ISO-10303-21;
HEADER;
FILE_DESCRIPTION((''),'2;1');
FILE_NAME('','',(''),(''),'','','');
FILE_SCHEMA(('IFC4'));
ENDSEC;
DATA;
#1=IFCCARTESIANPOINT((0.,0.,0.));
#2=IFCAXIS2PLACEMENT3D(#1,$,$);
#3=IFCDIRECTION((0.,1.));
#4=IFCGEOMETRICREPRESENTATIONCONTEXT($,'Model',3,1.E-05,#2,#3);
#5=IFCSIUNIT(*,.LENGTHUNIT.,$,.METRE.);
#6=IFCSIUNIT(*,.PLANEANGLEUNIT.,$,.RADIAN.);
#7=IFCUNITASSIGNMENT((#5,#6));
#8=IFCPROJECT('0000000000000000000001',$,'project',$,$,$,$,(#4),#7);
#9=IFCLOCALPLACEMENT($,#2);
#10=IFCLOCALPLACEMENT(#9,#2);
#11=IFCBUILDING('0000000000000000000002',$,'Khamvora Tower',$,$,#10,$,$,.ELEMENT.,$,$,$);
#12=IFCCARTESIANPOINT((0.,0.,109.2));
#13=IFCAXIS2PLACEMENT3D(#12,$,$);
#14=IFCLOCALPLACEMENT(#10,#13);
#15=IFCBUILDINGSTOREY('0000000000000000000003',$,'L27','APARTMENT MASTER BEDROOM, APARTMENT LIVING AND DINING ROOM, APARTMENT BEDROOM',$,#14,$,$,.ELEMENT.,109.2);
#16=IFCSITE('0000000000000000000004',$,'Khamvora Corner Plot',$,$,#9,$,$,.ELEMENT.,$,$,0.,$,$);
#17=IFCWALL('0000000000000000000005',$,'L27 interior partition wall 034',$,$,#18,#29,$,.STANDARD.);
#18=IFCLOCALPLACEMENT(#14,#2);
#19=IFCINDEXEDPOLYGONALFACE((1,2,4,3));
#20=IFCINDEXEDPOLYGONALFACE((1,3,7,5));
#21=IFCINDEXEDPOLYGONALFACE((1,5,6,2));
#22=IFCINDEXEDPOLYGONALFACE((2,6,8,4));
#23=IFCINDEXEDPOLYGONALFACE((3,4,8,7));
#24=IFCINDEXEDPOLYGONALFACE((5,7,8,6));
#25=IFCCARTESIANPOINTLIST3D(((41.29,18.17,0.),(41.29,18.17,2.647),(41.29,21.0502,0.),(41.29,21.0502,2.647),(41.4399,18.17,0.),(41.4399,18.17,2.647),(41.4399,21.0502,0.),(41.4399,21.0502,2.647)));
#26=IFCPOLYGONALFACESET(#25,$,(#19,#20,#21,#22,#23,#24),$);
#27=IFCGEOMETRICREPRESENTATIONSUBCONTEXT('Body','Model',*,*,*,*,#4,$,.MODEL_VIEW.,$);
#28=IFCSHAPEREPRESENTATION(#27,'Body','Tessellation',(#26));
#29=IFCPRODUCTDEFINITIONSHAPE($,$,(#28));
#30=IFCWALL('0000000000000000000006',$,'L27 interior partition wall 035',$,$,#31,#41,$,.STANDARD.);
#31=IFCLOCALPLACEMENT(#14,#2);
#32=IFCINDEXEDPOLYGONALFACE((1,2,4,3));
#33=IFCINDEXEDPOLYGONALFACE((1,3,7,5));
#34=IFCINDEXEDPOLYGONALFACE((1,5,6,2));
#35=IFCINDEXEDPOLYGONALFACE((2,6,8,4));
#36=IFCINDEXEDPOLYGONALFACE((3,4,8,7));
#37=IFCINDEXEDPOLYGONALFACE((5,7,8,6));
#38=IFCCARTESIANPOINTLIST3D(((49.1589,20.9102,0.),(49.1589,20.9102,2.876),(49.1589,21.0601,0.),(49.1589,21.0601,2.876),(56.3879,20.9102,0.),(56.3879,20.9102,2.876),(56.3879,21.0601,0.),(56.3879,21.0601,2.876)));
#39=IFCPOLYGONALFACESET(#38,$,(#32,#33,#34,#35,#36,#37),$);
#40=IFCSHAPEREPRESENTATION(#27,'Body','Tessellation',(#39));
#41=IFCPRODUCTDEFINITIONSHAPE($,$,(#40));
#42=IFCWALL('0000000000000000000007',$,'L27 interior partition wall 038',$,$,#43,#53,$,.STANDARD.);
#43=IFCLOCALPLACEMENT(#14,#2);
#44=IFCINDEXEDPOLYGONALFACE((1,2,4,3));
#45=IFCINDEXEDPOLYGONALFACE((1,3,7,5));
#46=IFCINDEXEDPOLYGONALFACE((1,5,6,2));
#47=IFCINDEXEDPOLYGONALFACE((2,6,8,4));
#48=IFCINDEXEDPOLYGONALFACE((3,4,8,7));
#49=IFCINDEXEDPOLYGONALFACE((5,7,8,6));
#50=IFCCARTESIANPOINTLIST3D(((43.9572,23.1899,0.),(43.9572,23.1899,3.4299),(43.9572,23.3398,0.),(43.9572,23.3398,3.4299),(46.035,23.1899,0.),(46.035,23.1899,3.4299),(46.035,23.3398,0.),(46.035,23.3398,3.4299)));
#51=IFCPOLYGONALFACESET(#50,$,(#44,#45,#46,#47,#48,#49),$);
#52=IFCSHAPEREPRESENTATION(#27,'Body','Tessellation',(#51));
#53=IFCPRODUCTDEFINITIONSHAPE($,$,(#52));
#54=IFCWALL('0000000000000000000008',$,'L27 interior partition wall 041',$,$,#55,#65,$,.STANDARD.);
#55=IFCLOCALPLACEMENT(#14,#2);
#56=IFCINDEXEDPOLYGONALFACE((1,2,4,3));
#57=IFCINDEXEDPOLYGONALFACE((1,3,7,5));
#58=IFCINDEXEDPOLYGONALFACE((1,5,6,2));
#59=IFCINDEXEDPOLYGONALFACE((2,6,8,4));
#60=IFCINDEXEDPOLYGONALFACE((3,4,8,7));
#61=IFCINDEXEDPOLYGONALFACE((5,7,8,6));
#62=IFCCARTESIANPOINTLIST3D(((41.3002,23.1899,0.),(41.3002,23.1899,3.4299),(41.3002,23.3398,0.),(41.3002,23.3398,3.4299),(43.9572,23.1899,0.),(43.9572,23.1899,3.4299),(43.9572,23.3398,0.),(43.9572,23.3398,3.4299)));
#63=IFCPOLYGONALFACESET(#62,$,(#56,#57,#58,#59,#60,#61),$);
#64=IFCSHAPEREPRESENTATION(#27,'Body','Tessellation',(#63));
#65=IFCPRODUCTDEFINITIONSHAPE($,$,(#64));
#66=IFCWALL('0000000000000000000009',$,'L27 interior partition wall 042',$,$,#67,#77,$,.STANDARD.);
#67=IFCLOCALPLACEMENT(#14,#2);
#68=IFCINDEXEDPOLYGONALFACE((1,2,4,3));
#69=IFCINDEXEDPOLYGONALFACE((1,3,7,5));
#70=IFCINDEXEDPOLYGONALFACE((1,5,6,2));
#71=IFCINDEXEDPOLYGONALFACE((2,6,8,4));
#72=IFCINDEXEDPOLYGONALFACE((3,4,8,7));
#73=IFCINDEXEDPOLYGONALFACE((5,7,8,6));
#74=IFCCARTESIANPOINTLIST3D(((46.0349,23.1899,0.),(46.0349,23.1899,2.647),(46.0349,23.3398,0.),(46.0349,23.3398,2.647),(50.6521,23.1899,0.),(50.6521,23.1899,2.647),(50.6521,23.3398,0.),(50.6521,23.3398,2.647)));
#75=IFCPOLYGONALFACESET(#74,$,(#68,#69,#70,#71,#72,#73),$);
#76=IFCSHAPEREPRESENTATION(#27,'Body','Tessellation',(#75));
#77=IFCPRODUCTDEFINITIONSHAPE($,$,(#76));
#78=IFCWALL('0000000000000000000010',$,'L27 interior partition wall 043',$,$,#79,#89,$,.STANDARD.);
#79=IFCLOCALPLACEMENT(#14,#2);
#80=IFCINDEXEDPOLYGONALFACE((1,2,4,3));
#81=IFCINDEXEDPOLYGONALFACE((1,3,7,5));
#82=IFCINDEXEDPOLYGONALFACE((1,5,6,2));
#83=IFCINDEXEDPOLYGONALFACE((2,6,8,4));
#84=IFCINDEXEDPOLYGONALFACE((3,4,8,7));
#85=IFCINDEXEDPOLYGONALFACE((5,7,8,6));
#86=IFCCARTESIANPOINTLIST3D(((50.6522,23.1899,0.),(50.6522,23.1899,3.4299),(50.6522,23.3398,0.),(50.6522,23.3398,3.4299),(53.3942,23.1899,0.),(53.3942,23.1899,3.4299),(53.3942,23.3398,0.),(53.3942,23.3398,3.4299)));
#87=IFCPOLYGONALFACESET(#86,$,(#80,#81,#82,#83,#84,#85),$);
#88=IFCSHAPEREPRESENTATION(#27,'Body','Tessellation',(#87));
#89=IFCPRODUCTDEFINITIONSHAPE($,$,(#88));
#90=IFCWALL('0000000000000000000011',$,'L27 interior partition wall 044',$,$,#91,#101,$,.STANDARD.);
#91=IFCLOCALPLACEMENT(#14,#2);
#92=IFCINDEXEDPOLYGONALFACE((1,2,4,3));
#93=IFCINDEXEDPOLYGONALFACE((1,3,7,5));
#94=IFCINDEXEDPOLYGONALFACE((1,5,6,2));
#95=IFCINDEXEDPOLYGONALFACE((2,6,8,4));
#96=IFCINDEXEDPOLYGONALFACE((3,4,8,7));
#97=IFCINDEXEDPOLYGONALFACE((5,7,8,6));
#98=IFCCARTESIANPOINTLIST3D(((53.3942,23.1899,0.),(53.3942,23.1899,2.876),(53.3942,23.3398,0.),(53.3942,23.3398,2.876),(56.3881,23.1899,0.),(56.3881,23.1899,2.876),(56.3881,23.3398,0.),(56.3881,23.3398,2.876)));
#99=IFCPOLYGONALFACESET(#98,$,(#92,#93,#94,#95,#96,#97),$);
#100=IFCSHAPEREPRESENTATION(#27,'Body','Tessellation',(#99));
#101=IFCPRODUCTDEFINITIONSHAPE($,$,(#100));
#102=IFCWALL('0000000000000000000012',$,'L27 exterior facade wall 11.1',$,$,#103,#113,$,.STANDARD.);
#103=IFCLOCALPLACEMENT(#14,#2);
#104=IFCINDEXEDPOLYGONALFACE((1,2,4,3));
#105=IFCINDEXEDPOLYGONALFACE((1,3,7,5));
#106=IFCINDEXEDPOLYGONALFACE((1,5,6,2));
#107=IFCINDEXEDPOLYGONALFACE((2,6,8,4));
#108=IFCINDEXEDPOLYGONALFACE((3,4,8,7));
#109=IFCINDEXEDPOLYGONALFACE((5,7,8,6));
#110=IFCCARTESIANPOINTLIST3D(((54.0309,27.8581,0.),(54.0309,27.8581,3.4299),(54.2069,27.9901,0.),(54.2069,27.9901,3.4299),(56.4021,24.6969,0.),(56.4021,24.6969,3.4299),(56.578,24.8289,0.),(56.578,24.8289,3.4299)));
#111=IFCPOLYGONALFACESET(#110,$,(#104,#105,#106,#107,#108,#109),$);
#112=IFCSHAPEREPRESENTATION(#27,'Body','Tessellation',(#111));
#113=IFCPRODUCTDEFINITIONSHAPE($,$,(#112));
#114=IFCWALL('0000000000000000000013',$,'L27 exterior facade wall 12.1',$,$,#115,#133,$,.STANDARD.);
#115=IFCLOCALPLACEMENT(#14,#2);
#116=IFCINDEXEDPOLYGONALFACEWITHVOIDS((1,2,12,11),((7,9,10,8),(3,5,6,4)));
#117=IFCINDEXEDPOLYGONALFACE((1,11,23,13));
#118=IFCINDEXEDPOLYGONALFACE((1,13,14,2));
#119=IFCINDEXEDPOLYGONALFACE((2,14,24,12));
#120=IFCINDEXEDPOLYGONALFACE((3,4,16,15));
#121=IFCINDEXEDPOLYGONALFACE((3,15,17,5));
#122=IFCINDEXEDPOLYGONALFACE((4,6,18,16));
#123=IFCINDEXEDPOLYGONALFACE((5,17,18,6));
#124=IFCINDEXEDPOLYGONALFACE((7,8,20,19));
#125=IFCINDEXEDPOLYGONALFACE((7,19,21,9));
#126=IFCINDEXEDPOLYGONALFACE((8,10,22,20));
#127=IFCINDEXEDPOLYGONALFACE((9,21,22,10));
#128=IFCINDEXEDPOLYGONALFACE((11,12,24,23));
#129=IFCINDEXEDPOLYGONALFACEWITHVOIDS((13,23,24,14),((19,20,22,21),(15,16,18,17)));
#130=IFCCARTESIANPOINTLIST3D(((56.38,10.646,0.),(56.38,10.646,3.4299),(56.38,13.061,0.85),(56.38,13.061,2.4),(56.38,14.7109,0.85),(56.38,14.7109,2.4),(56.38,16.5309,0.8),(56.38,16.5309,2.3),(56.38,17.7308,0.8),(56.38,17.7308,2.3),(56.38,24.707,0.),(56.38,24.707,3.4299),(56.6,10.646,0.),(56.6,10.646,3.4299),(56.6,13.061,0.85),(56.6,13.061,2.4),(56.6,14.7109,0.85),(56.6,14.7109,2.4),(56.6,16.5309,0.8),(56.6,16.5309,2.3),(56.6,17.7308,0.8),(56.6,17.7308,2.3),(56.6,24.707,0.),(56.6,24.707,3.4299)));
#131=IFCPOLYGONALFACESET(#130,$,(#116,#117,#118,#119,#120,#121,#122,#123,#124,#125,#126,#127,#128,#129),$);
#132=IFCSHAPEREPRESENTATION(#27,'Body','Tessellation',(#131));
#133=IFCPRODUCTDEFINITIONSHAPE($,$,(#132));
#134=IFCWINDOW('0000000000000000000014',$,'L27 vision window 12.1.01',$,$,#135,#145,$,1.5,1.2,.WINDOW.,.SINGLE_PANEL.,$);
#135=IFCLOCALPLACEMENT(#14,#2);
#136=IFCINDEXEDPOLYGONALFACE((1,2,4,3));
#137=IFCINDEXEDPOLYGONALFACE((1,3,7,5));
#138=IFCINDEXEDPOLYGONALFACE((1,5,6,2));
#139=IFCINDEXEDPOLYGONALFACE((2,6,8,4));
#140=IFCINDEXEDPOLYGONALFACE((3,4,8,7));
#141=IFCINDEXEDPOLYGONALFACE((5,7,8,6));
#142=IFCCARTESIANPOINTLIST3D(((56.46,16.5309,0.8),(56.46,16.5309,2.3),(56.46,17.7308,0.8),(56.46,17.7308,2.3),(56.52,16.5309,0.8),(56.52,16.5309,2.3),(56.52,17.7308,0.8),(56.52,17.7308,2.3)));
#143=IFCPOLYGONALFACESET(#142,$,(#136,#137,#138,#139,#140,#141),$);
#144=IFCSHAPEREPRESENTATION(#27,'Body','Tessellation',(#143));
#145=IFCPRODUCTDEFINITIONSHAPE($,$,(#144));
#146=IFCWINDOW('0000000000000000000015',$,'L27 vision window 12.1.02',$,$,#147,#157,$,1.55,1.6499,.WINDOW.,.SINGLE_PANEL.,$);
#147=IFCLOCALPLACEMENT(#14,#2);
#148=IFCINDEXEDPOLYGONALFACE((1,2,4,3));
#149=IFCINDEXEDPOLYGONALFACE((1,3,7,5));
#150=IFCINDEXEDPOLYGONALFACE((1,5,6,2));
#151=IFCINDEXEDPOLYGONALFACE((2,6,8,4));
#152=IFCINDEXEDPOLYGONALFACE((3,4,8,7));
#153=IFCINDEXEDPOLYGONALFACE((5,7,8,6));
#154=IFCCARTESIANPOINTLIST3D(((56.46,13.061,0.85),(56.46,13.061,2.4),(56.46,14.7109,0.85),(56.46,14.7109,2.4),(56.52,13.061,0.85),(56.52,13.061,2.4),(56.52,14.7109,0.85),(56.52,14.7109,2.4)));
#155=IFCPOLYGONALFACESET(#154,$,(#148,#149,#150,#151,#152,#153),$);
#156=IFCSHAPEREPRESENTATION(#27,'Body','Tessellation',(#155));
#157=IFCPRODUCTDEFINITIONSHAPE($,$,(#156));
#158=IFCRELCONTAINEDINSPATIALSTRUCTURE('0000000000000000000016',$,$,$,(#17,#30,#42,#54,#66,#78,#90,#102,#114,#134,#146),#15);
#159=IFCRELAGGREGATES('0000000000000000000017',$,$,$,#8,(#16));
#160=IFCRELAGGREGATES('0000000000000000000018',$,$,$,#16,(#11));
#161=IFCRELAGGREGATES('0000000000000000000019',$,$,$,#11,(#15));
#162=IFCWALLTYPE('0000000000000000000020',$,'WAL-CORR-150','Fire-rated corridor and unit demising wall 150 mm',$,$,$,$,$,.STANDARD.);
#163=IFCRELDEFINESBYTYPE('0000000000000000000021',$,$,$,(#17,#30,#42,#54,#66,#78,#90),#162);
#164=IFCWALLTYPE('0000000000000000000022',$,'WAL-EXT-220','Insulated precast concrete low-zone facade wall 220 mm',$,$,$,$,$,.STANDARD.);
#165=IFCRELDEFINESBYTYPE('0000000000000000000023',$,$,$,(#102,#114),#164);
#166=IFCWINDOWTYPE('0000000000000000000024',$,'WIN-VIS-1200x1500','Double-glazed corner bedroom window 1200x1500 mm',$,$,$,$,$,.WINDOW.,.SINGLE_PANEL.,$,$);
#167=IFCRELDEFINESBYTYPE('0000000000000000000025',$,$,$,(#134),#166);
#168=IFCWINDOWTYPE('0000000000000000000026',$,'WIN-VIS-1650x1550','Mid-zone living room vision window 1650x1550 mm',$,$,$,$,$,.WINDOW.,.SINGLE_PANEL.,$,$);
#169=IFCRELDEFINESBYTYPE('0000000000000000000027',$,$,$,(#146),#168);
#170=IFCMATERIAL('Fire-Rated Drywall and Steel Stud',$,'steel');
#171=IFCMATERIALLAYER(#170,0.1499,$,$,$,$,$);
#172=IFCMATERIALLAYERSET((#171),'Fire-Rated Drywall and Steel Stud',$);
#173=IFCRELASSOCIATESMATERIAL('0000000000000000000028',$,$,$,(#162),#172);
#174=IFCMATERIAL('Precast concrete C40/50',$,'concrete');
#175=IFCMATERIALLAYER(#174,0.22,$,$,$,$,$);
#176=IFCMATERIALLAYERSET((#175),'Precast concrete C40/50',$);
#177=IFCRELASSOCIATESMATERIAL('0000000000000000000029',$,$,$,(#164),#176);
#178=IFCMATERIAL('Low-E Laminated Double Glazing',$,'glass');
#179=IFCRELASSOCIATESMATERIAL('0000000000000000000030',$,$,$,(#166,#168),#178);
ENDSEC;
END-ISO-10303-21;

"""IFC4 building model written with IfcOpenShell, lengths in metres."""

from ifc_helpers import new_model, si_unit, direction, frame, frame_2d, origin, place, context, subcontext, project, spatial, rectangle, extrude, material, layer, layer_set, type_object, element, fill, save


model = new_model("IFC4")

# Units and contexts
model_context = context("Model", 3, precision=1e-05, world=origin(), true_north=direction((0.0, 1.0)))
body_context = subcontext(model_context, "Body", "Model", "MODEL_VIEW")
ifc_project = project(units=[si_unit("LENGTHUNIT", "METRE"), si_unit("PLANEANGLEUNIT", "RADIAN")], contexts=[model_context])

# Site, building, storey
site_placement = place(None, origin())
site = spatial("IfcSite", under=ifc_project, at=site_placement, Name="Khamvora Corner Plot", CompositionType="ELEMENT", RefElevation=0.0)
building_placement = place(site_placement, origin())
building = spatial("IfcBuilding", under=site, at=building_placement, Name="Khamvora Tower", CompositionType="ELEMENT")
storey_placement = place(building_placement, frame((0.0, 0.0, 109.2)))
storey = spatial("IfcBuildingStorey", under=building, at=storey_placement, Name="L27", Description="APARTMENT MASTER BEDROOM, APARTMENT LIVING AND DINING ROOM, APARTMENT BEDROOM", CompositionType="ELEMENT", Elevation=109.2)

# Shared definitions
ifc_material_1 = material(Name="Fire-Rated Drywall and Steel Stud", Category="steel")
ifc_layer_1 = layer(ifc_material_1, 0.1499)
ifc_layer_set_1 = layer_set([ifc_layer_1], Name="Fire-Rated Drywall and Steel Stud")
wall_type_1 = type_object("IfcWallType", Name="WAL-CORR-150", Description="Fire-rated corridor and unit demising wall 150 mm", PredefinedType="STANDARD", material=ifc_layer_set_1)

# Walls
wall_1_placement = place(storey_placement, frame((41.365, 21.05, 0.0), z_axis=(0.0, 0.0, 1.0), x_axis=(0.0, -1.0, 0.0)))
element("IfcWall", 1, at=wall_1_placement, inside=storey, type_object=wall_type_1, Name="L27 interior partition wall 034", PredefinedType="STANDARD", context=body_context, shape_type="SweptSolid", body=[
    extrude(rectangle(XDim=2.8801, YDim=0.1499, at=frame_2d((1.4399, 0.0))), origin(), (0.0, 0.0, 1.0), 2.647),
])
wall_2_placement = place(storey_placement, frame((56.3879, 20.9851, 0.0), z_axis=(0.0, 0.0, 1.0), x_axis=(-1.0, 0.0, 0.0)))
element("IfcWall", 2, at=wall_2_placement, inside=storey, type_object=wall_type_1, Name="L27 interior partition wall 035", PredefinedType="STANDARD", context=body_context, shape_type="SweptSolid", body=[
    extrude(rectangle(XDim=7.229, YDim=0.1499, at=frame_2d((3.6145, 0.0))), origin(), (0.0, 0.0, 1.0), 2.876),
])
wall_3_placement = place(storey_placement, frame((43.957, 23.2649, 0.0), z_axis=(0.0, 0.0, 1.0), x_axis=(1.0, 0.0, 0.0)))
element("IfcWall", 3, at=wall_3_placement, inside=storey, type_object=wall_type_1, Name="L27 interior partition wall 038", PredefinedType="STANDARD", context=body_context, shape_type="SweptSolid", body=[
    extrude(rectangle(XDim=2.0779, YDim=0.1499, at=frame_2d((1.0391, 0.0))), origin(), (0.0, 0.0, 1.0), 3.4299),
])
wall_4_placement = place(storey_placement, frame((41.3, 23.2649, 0.0), z_axis=(0.0, 0.0, 1.0), x_axis=(1.0, 0.0, 0.0)))
element("IfcWall", 4, at=wall_4_placement, inside=storey, type_object=wall_type_1, Name="L27 interior partition wall 041", PredefinedType="STANDARD", context=body_context, shape_type="SweptSolid", body=[
    extrude(rectangle(XDim=2.657, YDim=0.1499, at=frame_2d((1.3286, 0.0))), origin(), (0.0, 0.0, 1.0), 3.4299),
])
wall_5_placement = place(storey_placement, frame((46.0349, 23.2649, 0.0), z_axis=(0.0, 0.0, 1.0), x_axis=(1.0, 0.0, 0.0)))
element("IfcWall", 5, at=wall_5_placement, inside=storey, type_object=wall_type_1, Name="L27 interior partition wall 042", PredefinedType="STANDARD", context=body_context, shape_type="SweptSolid", body=[
    extrude(rectangle(XDim=4.6172, YDim=0.1499, at=frame_2d((2.3086, 0.0))), origin(), (0.0, 0.0, 1.0), 2.647),
])
wall_6_placement = place(storey_placement, frame((50.6521, 23.2649, 0.0), z_axis=(0.0, 0.0, 1.0), x_axis=(1.0, 0.0, 0.0)))
element("IfcWall", 6, at=wall_6_placement, inside=storey, type_object=wall_type_1, Name="L27 interior partition wall 043", PredefinedType="STANDARD", context=body_context, shape_type="SweptSolid", body=[
    extrude(rectangle(XDim=2.7419, YDim=0.1499, at=frame_2d((1.3711, 0.0))), origin(), (0.0, 0.0, 1.0), 3.4299),
])
wall_7_placement = place(storey_placement, frame((53.394, 23.2649, 0.0), z_axis=(0.0, 0.0, 1.0), x_axis=(1.0, 0.0, 0.0)))
element("IfcWall", 7, at=wall_7_placement, inside=storey, type_object=wall_type_1, Name="L27 interior partition wall 044", PredefinedType="STANDARD", context=body_context, shape_type="SweptSolid", body=[
    extrude(rectangle(XDim=2.9939, YDim=0.1499, at=frame_2d((1.4971, 0.0))), origin(), (0.0, 0.0, 1.0), 2.876),
])
ifc_material_2 = material(Name="Precast concrete C40/50", Category="concrete")
ifc_layer_2 = layer(ifc_material_2, 0.22)
ifc_layer_set_2 = layer_set([ifc_layer_2], Name="Precast concrete C40/50")
wall_type_2 = type_object("IfcWallType", Name="WAL-EXT-220", Description="Insulated precast concrete low-zone facade wall 220 mm", PredefinedType="STANDARD", material=ifc_layer_set_2)
wall_8_placement = place(storey_placement, frame((54.1189, 27.9241, 0.0), z_axis=(0.0, 0.0, 1.0), x_axis=(0.60004, -0.79997, 0.0)))
element("IfcWall", 8, at=wall_8_placement, inside=storey, type_object=wall_type_2, Name="L27 exterior facade wall 11.1", PredefinedType="STANDARD", context=body_context, shape_type="SweptSolid", body=[
    extrude(rectangle(XDim=3.9517, YDim=0.22, at=frame_2d((1.9758, 0.0))), origin(), (0.0, 0.0, 1.0), 3.4299),
])

# Wall, openings, windows
wall_9_placement = place(storey_placement, frame((56.49, 24.707, 0.0), z_axis=(0.0, 0.0, 1.0), x_axis=(0.0, -1.0, 0.0)))
wall_9 = element("IfcWall", 9, at=wall_9_placement, inside=storey, type_object=wall_type_2, Name="L27 exterior facade wall 12.1", PredefinedType="STANDARD", context=body_context, shape_type="SweptSolid", body=[
    extrude(rectangle(XDim=14.061, YDim=0.22, at=frame_2d((7.0305, 0.0))), origin(), (0.0, 0.0, 1.0), 3.4299),
])
opening_1_placement = place(wall_9_placement, frame((6.9761, 0.0, 0.8)))
opening_1 = element("IfcOpeningElement", 10, at=opening_1_placement, cuts=wall_9, PredefinedType="OPENING", context=body_context, shape_type="SweptSolid", body=[
    extrude(rectangle(XDim=1.2, YDim=1.5, at=frame_2d((0.6001, 0.75))), frame((0.0, 0.1199, 0.0), z_axis=(0.0, -1.0, 0.0), x_axis=(1.0, 0.0, 0.0)), (0.0, 0.0, 1.0), 0.24),
])
opening_2_placement = place(wall_9_placement, frame((9.9961, 0.0, 0.8501)))
opening_2 = element("IfcOpeningElement", 11, at=opening_2_placement, cuts=wall_9, PredefinedType="OPENING", context=body_context, shape_type="SweptSolid", body=[
    extrude(rectangle(XDim=1.6499, YDim=1.55, at=frame_2d((0.825, 0.7749))), frame((0.0, 0.1199, 0.0), z_axis=(0.0, -1.0, 0.0), x_axis=(1.0, 0.0, 0.0)), (0.0, 0.0, 1.0), 0.24),
])
ifc_material_3 = material(Name="Low-E Laminated Double Glazing", Category="glass")
window_type_1 = type_object("IfcWindowType", Name="WIN-VIS-1200x1500", Description="Double-glazed corner bedroom window 1200x1500 mm", PartitioningType="SINGLE_PANEL", PredefinedType="WINDOW", material=ifc_material_3)
window_1_placement = place(opening_1_placement, origin())
window_1 = element("IfcWindow", 12, at=window_1_placement, inside=storey, type_object=window_type_1, Name="L27 vision window 12.1.01", OverallHeight=1.5, OverallWidth=1.2, PartitioningType="SINGLE_PANEL", PredefinedType="WINDOW", context=body_context, shape_type="SweptSolid", body=[
    extrude(rectangle(XDim=1.2, YDim=1.5, at=frame_2d((0.6001, 0.75))), frame((0.0, 0.03, 0.0), z_axis=(0.0, -1.0, 0.0), x_axis=(1.0, 0.0, 0.0)), (0.0, 0.0, 1.0), 0.0601),
])
fill(opening_1, window_1)
window_type_2 = type_object("IfcWindowType", Name="WIN-VIS-1650x1550", Description="Mid-zone living room vision window 1650x1550 mm", PartitioningType="SINGLE_PANEL", PredefinedType="WINDOW", material=ifc_material_3)
window_2_placement = place(opening_2_placement, origin())
window_2 = element("IfcWindow", 13, at=window_2_placement, inside=storey, type_object=window_type_2, Name="L27 vision window 12.1.02", OverallHeight=1.55, OverallWidth=1.6499, PartitioningType="SINGLE_PANEL", PredefinedType="WINDOW", context=body_context, shape_type="SweptSolid", body=[
    extrude(rectangle(XDim=1.6499, YDim=1.55, at=frame_2d((0.825, 0.7749))), frame((0.0, 0.03, 0.0), z_axis=(0.0, -1.0, 0.0), x_axis=(1.0, 0.0, 0.0)), (0.0, 0.0, 1.0), 0.0601),
])
fill(opening_2, window_2)

save(model, "model.ifc")
